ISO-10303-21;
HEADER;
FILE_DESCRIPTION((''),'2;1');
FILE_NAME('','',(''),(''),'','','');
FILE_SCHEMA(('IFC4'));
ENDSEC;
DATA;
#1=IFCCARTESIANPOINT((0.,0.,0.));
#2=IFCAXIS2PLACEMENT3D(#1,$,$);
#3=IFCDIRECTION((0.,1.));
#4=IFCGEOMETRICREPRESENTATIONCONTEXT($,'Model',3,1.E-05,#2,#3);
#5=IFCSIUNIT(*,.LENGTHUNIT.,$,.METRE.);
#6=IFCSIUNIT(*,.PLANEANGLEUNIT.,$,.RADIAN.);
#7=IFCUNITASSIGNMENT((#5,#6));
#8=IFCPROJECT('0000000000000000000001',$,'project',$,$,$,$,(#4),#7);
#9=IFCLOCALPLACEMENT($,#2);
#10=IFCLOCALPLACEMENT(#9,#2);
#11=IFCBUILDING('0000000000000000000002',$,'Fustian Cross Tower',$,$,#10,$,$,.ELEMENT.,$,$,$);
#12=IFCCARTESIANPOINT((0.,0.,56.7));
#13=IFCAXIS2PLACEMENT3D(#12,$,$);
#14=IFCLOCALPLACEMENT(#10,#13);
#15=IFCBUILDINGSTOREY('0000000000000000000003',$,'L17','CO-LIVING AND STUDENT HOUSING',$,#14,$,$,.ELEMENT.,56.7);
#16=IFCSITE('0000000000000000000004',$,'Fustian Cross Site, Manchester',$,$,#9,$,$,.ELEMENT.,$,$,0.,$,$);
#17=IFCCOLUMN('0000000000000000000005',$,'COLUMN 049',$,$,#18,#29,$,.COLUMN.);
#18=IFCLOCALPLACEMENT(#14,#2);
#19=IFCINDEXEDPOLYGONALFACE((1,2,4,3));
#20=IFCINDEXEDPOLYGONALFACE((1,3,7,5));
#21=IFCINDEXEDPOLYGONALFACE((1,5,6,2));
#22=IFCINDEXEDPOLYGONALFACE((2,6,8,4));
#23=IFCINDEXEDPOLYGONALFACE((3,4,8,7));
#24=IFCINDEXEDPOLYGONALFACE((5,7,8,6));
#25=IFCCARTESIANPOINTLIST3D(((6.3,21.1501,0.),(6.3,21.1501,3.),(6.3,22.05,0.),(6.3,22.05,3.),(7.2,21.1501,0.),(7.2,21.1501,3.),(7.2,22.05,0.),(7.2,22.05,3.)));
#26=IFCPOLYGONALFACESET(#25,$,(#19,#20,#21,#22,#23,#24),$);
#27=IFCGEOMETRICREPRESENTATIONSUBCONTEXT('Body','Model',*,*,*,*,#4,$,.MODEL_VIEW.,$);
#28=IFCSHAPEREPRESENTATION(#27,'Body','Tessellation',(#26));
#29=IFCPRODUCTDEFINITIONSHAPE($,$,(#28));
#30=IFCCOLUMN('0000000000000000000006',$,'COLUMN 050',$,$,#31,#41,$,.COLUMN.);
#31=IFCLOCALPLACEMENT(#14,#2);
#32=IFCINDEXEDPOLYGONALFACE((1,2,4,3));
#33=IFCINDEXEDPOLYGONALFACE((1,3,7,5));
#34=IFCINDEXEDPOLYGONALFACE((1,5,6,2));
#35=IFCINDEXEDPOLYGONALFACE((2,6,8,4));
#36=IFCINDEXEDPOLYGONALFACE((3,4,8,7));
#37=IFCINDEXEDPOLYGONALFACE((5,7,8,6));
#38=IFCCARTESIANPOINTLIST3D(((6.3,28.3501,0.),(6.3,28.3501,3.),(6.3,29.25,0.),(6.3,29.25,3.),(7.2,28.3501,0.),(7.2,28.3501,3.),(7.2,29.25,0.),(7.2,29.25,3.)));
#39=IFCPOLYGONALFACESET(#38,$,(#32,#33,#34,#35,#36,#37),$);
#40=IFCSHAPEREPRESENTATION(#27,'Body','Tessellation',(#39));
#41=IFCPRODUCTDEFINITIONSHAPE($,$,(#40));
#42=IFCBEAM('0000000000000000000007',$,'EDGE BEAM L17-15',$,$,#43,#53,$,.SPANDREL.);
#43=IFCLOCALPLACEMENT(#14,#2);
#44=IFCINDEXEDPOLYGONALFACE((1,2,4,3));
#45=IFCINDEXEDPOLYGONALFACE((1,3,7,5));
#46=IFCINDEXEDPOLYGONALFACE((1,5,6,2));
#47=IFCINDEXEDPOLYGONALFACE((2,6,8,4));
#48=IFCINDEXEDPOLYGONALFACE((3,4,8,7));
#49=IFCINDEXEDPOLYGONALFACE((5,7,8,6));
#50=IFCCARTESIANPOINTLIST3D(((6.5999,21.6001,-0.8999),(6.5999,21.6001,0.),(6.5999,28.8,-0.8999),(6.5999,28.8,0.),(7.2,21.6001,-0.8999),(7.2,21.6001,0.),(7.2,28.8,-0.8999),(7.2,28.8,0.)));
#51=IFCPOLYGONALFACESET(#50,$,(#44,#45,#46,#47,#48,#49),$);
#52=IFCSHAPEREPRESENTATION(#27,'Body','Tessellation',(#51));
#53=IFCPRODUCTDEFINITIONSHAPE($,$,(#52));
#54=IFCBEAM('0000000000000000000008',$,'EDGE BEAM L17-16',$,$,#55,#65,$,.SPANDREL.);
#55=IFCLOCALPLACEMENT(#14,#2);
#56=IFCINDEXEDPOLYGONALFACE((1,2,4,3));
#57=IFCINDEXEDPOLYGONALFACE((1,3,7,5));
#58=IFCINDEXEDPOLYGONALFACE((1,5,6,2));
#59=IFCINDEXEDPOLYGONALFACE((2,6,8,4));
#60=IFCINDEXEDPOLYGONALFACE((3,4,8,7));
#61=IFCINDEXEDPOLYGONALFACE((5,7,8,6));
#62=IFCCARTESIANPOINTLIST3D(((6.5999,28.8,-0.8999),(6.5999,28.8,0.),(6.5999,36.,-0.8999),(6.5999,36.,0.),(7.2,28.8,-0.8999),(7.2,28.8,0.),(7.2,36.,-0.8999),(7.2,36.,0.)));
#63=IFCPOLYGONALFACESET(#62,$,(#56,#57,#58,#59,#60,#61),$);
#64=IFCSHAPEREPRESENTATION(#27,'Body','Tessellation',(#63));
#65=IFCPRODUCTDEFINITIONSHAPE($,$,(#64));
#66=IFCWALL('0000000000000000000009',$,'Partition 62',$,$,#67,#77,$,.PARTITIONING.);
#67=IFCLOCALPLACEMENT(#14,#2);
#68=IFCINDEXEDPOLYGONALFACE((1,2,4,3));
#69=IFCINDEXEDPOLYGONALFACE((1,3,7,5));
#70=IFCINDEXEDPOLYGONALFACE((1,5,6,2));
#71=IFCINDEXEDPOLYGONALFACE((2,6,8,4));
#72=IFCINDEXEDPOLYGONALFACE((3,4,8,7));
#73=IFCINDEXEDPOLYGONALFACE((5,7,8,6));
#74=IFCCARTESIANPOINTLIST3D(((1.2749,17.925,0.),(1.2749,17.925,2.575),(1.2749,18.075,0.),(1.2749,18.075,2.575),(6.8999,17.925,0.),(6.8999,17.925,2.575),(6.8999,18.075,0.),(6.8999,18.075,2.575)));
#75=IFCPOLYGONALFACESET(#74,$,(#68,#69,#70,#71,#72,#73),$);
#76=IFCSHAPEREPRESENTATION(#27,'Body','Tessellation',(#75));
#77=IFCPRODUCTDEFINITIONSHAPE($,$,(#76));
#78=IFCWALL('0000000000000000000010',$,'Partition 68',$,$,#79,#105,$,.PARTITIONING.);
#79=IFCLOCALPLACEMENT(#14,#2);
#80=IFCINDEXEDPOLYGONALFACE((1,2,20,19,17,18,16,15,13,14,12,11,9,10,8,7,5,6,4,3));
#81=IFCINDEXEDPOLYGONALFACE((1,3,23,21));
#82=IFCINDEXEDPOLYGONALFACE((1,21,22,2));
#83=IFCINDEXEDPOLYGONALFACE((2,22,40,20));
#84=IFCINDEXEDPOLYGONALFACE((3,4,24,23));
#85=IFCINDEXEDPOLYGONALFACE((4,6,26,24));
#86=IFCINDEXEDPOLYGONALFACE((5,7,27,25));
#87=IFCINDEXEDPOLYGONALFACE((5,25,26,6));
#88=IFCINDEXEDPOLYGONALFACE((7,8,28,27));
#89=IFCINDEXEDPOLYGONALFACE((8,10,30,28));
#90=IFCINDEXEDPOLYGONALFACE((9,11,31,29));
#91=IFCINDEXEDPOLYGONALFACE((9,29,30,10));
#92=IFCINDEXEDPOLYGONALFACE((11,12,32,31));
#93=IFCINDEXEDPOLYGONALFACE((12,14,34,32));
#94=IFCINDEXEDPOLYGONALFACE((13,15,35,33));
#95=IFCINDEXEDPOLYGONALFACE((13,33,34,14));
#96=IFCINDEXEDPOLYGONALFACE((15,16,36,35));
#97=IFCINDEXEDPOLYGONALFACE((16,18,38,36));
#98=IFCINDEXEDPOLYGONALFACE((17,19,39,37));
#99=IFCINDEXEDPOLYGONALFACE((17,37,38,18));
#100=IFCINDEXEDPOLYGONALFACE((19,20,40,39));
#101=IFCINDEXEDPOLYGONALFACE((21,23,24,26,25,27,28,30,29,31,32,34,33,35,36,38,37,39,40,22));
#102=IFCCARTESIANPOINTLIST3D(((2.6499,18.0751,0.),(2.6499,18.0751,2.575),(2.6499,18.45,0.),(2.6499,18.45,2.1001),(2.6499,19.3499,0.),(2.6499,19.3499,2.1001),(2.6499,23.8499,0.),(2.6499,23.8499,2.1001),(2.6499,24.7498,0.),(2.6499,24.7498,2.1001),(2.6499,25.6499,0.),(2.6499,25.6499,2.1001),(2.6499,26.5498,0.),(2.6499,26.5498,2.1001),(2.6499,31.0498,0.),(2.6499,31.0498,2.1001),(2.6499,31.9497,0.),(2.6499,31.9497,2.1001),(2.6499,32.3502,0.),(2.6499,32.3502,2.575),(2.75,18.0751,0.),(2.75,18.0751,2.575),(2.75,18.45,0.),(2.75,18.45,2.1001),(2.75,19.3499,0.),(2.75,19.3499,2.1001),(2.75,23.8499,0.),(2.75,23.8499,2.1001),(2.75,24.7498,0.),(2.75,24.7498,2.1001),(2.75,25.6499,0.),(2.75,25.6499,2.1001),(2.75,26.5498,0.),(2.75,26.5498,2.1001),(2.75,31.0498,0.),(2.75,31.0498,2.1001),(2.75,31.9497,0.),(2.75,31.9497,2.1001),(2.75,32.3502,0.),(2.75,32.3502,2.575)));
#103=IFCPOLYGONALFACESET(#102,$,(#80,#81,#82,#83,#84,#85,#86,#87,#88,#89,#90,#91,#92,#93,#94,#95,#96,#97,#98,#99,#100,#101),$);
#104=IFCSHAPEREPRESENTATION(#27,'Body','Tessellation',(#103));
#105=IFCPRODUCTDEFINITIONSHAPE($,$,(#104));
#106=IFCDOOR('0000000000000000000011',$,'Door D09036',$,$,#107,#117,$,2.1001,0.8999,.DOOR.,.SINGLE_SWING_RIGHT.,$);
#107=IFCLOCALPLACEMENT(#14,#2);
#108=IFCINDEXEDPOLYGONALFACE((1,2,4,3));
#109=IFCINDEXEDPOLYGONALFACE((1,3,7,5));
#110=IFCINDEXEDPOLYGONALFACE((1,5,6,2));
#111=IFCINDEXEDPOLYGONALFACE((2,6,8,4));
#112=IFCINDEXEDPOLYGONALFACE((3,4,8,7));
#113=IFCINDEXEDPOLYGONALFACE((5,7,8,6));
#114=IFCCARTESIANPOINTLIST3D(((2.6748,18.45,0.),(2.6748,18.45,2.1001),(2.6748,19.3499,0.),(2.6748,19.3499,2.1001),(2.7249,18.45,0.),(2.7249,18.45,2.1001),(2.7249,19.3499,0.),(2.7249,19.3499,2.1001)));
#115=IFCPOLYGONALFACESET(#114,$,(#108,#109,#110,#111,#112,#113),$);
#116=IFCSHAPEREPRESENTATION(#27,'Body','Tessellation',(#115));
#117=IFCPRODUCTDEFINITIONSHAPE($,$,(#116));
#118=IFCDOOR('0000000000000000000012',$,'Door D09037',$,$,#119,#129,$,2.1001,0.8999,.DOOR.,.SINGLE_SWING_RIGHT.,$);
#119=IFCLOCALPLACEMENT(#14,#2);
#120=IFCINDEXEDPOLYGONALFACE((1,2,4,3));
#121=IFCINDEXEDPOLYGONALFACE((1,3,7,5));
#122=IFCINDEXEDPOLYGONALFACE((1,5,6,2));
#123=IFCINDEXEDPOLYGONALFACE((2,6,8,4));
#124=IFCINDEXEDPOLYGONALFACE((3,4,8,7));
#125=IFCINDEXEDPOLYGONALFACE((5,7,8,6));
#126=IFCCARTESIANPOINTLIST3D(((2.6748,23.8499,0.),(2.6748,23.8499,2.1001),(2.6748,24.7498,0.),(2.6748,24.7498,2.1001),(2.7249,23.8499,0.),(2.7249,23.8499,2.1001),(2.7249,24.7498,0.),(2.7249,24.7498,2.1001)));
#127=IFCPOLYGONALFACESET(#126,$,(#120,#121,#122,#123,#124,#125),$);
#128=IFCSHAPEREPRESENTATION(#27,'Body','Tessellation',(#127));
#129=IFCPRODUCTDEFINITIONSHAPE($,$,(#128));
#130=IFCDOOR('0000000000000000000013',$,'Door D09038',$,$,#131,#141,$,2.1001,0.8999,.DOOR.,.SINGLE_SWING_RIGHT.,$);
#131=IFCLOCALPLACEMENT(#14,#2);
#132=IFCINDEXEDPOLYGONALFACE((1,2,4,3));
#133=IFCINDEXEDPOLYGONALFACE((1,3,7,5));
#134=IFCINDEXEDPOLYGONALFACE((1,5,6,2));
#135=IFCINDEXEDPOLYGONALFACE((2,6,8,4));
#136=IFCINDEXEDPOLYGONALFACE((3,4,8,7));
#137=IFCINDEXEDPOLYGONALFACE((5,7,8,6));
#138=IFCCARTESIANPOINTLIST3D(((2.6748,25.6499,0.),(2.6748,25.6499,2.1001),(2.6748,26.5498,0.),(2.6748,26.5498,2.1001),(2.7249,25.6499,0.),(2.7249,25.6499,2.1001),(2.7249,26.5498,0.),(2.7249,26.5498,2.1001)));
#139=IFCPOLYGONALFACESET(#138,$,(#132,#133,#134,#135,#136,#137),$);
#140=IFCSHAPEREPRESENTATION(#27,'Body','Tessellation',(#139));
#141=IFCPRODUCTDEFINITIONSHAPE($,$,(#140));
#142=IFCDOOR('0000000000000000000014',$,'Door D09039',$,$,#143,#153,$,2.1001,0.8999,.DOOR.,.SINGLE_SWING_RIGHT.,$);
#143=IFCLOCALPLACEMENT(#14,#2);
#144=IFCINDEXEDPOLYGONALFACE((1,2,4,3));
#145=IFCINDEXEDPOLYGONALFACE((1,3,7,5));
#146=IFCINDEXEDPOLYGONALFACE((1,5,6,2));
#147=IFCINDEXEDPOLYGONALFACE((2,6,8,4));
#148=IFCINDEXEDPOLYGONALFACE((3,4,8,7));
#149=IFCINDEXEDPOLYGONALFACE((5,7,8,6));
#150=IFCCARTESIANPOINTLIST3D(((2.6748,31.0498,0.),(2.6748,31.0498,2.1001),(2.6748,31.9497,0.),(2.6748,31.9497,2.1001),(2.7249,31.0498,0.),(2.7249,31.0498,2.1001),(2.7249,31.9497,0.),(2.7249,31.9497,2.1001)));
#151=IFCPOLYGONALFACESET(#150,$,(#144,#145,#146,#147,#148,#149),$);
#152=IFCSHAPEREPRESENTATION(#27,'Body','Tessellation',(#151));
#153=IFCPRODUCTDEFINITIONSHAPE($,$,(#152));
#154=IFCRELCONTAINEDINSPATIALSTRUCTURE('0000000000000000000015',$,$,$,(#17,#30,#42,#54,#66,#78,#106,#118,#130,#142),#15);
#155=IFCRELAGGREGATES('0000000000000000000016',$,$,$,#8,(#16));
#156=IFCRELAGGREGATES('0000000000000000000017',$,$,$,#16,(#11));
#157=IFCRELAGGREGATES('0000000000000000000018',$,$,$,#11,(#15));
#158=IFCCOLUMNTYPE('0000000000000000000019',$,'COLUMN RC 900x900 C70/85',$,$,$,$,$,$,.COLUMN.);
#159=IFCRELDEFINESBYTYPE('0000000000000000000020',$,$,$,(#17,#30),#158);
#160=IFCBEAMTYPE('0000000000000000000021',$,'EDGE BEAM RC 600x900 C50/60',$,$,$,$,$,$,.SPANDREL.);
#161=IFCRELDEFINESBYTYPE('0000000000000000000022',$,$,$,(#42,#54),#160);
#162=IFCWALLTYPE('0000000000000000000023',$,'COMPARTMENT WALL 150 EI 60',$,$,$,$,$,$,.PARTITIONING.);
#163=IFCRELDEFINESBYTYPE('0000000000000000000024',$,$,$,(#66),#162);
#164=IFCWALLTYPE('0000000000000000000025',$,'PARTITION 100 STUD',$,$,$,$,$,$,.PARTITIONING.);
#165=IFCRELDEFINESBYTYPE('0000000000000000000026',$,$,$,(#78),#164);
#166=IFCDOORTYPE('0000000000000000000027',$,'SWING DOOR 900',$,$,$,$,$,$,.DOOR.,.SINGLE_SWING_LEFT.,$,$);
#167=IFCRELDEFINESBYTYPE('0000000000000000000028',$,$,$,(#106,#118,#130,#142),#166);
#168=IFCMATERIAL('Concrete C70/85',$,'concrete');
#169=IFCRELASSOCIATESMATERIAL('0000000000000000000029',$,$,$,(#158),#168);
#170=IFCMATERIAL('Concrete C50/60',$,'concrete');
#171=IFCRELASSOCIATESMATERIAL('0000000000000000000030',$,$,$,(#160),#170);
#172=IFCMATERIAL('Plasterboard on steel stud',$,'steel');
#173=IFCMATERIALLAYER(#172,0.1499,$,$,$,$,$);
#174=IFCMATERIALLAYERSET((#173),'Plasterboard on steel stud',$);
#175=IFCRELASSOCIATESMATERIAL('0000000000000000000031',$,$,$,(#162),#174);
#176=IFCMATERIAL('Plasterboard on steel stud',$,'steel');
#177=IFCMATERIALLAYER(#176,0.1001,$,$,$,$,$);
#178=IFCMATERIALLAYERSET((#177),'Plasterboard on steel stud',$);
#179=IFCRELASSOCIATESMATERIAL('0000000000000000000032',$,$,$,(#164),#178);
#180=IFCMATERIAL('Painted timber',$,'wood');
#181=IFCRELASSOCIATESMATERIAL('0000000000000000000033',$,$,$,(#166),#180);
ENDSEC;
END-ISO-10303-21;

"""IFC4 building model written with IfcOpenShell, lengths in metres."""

from ifc_helpers import new_model, si_unit, direction, frame, frame_2d, origin, origin_2d, place, context, subcontext, project, spatial, rectangle, extrude, material, layer, layer_set, material_profile, profile_set, type_object, element, fill, save


model = new_model("IFC4")

# Units and contexts
model_context = context("Model", 3, precision=1e-05, world=origin(), true_north=direction((0.0, 1.0)))
body_context = subcontext(model_context, "Body", "Model", "MODEL_VIEW")
ifc_project = project(units=[si_unit("LENGTHUNIT", "METRE"), si_unit("PLANEANGLEUNIT", "RADIAN")], contexts=[model_context])

# Site, building, storey
site_placement = place(None, origin())
site = spatial("IfcSite", under=ifc_project, at=site_placement, Name="Fustian Cross Site, Manchester", CompositionType="ELEMENT", RefElevation=0.0)
building_placement = place(site_placement, origin())
building = spatial("IfcBuilding", under=site, at=building_placement, Name="Fustian Cross Tower", CompositionType="ELEMENT")
storey_placement = place(building_placement, frame((0.0, 0.0, 56.7)))
storey = spatial("IfcBuildingStorey", under=building, at=storey_placement, Name="L17", Description="CO-LIVING AND STUDENT HOUSING", CompositionType="ELEMENT", Elevation=56.7)

# Columns
ifc_material_1 = material(Name="Concrete C70/85", Category="concrete")
ifc_material_profile_1 = material_profile(ifc_material_1, rectangle(XDim=0.8999, YDim=0.8999, at=origin_2d()), Name="RC 900x900")
ifc_profile_set_1 = profile_set([ifc_material_profile_1], Name="Concrete C70/85")
column_type = type_object("IfcColumnType", Name="COLUMN RC 900x900 C70/85", PredefinedType="COLUMN", material=ifc_profile_set_1)
for number, where, z_axis, x_axis, name in (
    (1, (6.75, 21.6001, 0.0), (0.0, 0.0, 1.0), (1.0, 0.0, 0.0), "COLUMN 049"),
    (2, (6.75, 28.8, 0.0), (0.0, 0.0, 1.0), (1.0, 0.0, 0.0), "COLUMN 050"),
):
    element("IfcColumn", number, at=place(storey_placement, frame(where, z_axis=z_axis, x_axis=x_axis)), inside=storey, type_object=column_type, Name=name, PredefinedType="COLUMN", context=body_context, shape_type="SweptSolid", body=[
        extrude(rectangle(XDim=0.8999, YDim=0.8999, at=origin_2d()), origin(), (0.0, 0.0, 1.0), 3.0),
    ])

# Beams
ifc_material_2 = material(Name="Concrete C50/60", Category="concrete")
ifc_material_profile_2 = material_profile(ifc_material_2, rectangle(XDim=0.6001, YDim=0.8999, at=origin_2d()), Name="RC 600x900")
ifc_profile_set_2 = profile_set([ifc_material_profile_2], Name="Concrete C50/60")
beam_type = type_object("IfcBeamType", Name="EDGE BEAM RC 600x900 C50/60", PredefinedType="SPANDREL", material=ifc_profile_set_2)
for number, where, z_axis, x_axis, name in (
    (3, (6.8999, 21.6001, -0.45), (0.0, 1.0, 0.0), (-1.0, 0.0, 0.0), "EDGE BEAM L17-15"),
    (4, (6.8999, 28.8, -0.45), (0.0, 1.0, 0.0), (-1.0, 0.0, 0.0), "EDGE BEAM L17-16"),
):
    element("IfcBeam", number, at=place(storey_placement, frame(where, z_axis=z_axis, x_axis=x_axis)), inside=storey, type_object=beam_type, Name=name, PredefinedType="SPANDREL", context=body_context, shape_type="SweptSolid", body=[
        extrude(rectangle(XDim=0.6001, YDim=0.8999, at=origin_2d()), origin(), (0.0, 0.0, 1.0), 7.2),
    ])

# Wall
ifc_material_3 = material(Name="Plasterboard on steel stud", Category="steel")
ifc_layer_1 = layer(ifc_material_3, 0.1499)
ifc_layer_set_1 = layer_set([ifc_layer_1], Name="Plasterboard on steel stud")
wall_type_1 = type_object("IfcWallType", Name="COMPARTMENT WALL 150 EI 60", PredefinedType="PARTITIONING", material=ifc_layer_set_1)
wall_1_placement = place(storey_placement, frame((1.2749, 18.0, 0.0), z_axis=(0.0, 0.0, 1.0), x_axis=(1.0, 0.0, 0.0)))
element("IfcWall", 5, at=wall_1_placement, inside=storey, type_object=wall_type_1, Name="Partition 62", PredefinedType="PARTITIONING", context=body_context, shape_type="SweptSolid", body=[
    extrude(rectangle(XDim=5.625, YDim=0.1499, at=frame_2d((2.8125, 0.0))), origin(), (0.0, 0.0, 1.0), 2.575),
])

# Wall, openings, doors
ifc_material_4 = material(Name="Plasterboard on steel stud", Category="steel")
ifc_layer_2 = layer(ifc_material_4, 0.1001)
ifc_layer_set_2 = layer_set([ifc_layer_2], Name="Plasterboard on steel stud")
wall_type_2 = type_object("IfcWallType", Name="PARTITION 100 STUD", PredefinedType="PARTITIONING", material=ifc_layer_set_2)
wall_2_placement = place(storey_placement, frame((2.7, 18.075, 0.0), z_axis=(0.0, 0.0, 1.0), x_axis=(0.0, 1.0, 0.0)))
wall_2 = element("IfcWall", 6, at=wall_2_placement, inside=storey, type_object=wall_type_2, Name="Partition 68", PredefinedType="PARTITIONING", context=body_context, shape_type="SweptSolid", body=[
    extrude(rectangle(XDim=14.2751, YDim=0.1001, at=frame_2d((7.1377, 0.0))), origin(), (0.0, 0.0, 1.0), 2.575),
])
opening_1_placement = place(wall_2_placement, frame((0.375, 0.0, 0.0)))
opening_1 = element("IfcOpeningElement", 7, at=opening_1_placement, cuts=wall_2, PredefinedType="OPENING", context=body_context, shape_type="SweptSolid", body=[
    extrude(rectangle(XDim=0.8999, YDim=2.1001, at=frame_2d((0.45, 1.05))), frame((0.0, 0.0601, 0.0), z_axis=(0.0, -1.0, 0.0), x_axis=(1.0, 0.0, 0.0)), (0.0, 0.0, 1.0), 0.1201),
])
opening_2_placement = place(wall_2_placement, frame((5.7749, 0.0, 0.0)))
opening_2 = element("IfcOpeningElement", 8, at=opening_2_placement, cuts=wall_2, PredefinedType="OPENING", context=body_context, shape_type="SweptSolid", body=[
    extrude(rectangle(XDim=0.8999, YDim=2.1001, at=frame_2d((0.45, 1.05))), frame((0.0, 0.0601, 0.0), z_axis=(0.0, -1.0, 0.0), x_axis=(1.0, 0.0, 0.0)), (0.0, 0.0, 1.0), 0.1201),
])
opening_3_placement = place(wall_2_placement, frame((7.575, 0.0, 0.0)))
opening_3 = element("IfcOpeningElement", 9, at=opening_3_placement, cuts=wall_2, PredefinedType="OPENING", context=body_context, shape_type="SweptSolid", body=[
    extrude(rectangle(XDim=0.8999, YDim=2.1001, at=frame_2d((0.45, 1.05))), frame((0.0, 0.0601, 0.0), z_axis=(0.0, -1.0, 0.0), x_axis=(1.0, 0.0, 0.0)), (0.0, 0.0, 1.0), 0.1201),
])
opening_4_placement = place(wall_2_placement, frame((12.9749, 0.0, 0.0)))
opening_4 = element("IfcOpeningElement", 10, at=opening_4_placement, cuts=wall_2, PredefinedType="OPENING", context=body_context, shape_type="SweptSolid", body=[
    extrude(rectangle(XDim=0.8999, YDim=2.1001, at=frame_2d((0.45, 1.05))), frame((0.0, 0.0601, 0.0), z_axis=(0.0, -1.0, 0.0), x_axis=(1.0, 0.0, 0.0)), (0.0, 0.0, 1.0), 0.1201),
])
ifc_material_5 = material(Name="Painted timber", Category="wood")
door_type_1 = type_object("IfcDoorType", Name="SWING DOOR 900", OperationType="SINGLE_SWING_LEFT", PredefinedType="DOOR", material=ifc_material_5)
door_1_placement = place(opening_1_placement, frame((0.8999, 0.0, 0.0), z_axis=(0.0, 0.0, 1.0), x_axis=(-1.0, 0.0, 0.0)))
door_1 = element("IfcDoor", 11, at=door_1_placement, inside=storey, type_object=door_type_1, Name="Door D09036", OperationType="SINGLE_SWING_RIGHT", OverallHeight=2.1001, OverallWidth=0.8999, PredefinedType="DOOR", context=body_context, shape_type="SweptSolid", body=[
    extrude(rectangle(XDim=0.8999, YDim=2.1001, at=frame_2d((0.45, 1.05))), frame((0.0, 0.0249, 0.0), z_axis=(0.0, -1.0, 0.0), x_axis=(1.0, 0.0, 0.0)), (0.0, 0.0, 1.0), 0.05),
])
fill(opening_1, door_1)
door_2_placement = place(opening_2_placement, frame((0.8999, 0.0, 0.0), z_axis=(0.0, 0.0, 1.0), x_axis=(-1.0, 0.0, 0.0)))
door_2 = element("IfcDoor", 12, at=door_2_placement, inside=storey, type_object=door_type_1, Name="Door D09037", OperationType="SINGLE_SWING_RIGHT", OverallHeight=2.1001, OverallWidth=0.8999, PredefinedType="DOOR", context=body_context, shape_type="SweptSolid", body=[
    extrude(rectangle(XDim=0.8999, YDim=2.1001, at=frame_2d((0.45, 1.05))), frame((0.0, 0.0249, 0.0), z_axis=(0.0, -1.0, 0.0), x_axis=(1.0, 0.0, 0.0)), (0.0, 0.0, 1.0), 0.05),
])
fill(opening_2, door_2)
door_3_placement = place(opening_3_placement, frame((0.8999, 0.0, 0.0), z_axis=(0.0, 0.0, 1.0), x_axis=(-1.0, 0.0, 0.0)))
door_3 = element("IfcDoor", 13, at=door_3_placement, inside=storey, type_object=door_type_1, Name="Door D09038", OperationType="SINGLE_SWING_RIGHT", OverallHeight=2.1001, OverallWidth=0.8999, PredefinedType="DOOR", context=body_context, shape_type="SweptSolid", body=[
    extrude(rectangle(XDim=0.8999, YDim=2.1001, at=frame_2d((0.45, 1.05))), frame((0.0, 0.0249, 0.0), z_axis=(0.0, -1.0, 0.0), x_axis=(1.0, 0.0, 0.0)), (0.0, 0.0, 1.0), 0.05),
])
fill(opening_3, door_3)
door_4_placement = place(opening_4_placement, frame((0.8999, 0.0, 0.0), z_axis=(0.0, 0.0, 1.0), x_axis=(-1.0, 0.0, 0.0)))
door_4 = element("IfcDoor", 14, at=door_4_placement, inside=storey, type_object=door_type_1, Name="Door D09039", OperationType="SINGLE_SWING_RIGHT", OverallHeight=2.1001, OverallWidth=0.8999, PredefinedType="DOOR", context=body_context, shape_type="SweptSolid", body=[
    extrude(rectangle(XDim=0.8999, YDim=2.1001, at=frame_2d((0.45, 1.05))), frame((0.0, 0.0249, 0.0), z_axis=(0.0, -1.0, 0.0), x_axis=(1.0, 0.0, 0.0)), (0.0, 0.0, 1.0), 0.05),
])
fill(opening_4, door_4)

save(model, "model.ifc")
